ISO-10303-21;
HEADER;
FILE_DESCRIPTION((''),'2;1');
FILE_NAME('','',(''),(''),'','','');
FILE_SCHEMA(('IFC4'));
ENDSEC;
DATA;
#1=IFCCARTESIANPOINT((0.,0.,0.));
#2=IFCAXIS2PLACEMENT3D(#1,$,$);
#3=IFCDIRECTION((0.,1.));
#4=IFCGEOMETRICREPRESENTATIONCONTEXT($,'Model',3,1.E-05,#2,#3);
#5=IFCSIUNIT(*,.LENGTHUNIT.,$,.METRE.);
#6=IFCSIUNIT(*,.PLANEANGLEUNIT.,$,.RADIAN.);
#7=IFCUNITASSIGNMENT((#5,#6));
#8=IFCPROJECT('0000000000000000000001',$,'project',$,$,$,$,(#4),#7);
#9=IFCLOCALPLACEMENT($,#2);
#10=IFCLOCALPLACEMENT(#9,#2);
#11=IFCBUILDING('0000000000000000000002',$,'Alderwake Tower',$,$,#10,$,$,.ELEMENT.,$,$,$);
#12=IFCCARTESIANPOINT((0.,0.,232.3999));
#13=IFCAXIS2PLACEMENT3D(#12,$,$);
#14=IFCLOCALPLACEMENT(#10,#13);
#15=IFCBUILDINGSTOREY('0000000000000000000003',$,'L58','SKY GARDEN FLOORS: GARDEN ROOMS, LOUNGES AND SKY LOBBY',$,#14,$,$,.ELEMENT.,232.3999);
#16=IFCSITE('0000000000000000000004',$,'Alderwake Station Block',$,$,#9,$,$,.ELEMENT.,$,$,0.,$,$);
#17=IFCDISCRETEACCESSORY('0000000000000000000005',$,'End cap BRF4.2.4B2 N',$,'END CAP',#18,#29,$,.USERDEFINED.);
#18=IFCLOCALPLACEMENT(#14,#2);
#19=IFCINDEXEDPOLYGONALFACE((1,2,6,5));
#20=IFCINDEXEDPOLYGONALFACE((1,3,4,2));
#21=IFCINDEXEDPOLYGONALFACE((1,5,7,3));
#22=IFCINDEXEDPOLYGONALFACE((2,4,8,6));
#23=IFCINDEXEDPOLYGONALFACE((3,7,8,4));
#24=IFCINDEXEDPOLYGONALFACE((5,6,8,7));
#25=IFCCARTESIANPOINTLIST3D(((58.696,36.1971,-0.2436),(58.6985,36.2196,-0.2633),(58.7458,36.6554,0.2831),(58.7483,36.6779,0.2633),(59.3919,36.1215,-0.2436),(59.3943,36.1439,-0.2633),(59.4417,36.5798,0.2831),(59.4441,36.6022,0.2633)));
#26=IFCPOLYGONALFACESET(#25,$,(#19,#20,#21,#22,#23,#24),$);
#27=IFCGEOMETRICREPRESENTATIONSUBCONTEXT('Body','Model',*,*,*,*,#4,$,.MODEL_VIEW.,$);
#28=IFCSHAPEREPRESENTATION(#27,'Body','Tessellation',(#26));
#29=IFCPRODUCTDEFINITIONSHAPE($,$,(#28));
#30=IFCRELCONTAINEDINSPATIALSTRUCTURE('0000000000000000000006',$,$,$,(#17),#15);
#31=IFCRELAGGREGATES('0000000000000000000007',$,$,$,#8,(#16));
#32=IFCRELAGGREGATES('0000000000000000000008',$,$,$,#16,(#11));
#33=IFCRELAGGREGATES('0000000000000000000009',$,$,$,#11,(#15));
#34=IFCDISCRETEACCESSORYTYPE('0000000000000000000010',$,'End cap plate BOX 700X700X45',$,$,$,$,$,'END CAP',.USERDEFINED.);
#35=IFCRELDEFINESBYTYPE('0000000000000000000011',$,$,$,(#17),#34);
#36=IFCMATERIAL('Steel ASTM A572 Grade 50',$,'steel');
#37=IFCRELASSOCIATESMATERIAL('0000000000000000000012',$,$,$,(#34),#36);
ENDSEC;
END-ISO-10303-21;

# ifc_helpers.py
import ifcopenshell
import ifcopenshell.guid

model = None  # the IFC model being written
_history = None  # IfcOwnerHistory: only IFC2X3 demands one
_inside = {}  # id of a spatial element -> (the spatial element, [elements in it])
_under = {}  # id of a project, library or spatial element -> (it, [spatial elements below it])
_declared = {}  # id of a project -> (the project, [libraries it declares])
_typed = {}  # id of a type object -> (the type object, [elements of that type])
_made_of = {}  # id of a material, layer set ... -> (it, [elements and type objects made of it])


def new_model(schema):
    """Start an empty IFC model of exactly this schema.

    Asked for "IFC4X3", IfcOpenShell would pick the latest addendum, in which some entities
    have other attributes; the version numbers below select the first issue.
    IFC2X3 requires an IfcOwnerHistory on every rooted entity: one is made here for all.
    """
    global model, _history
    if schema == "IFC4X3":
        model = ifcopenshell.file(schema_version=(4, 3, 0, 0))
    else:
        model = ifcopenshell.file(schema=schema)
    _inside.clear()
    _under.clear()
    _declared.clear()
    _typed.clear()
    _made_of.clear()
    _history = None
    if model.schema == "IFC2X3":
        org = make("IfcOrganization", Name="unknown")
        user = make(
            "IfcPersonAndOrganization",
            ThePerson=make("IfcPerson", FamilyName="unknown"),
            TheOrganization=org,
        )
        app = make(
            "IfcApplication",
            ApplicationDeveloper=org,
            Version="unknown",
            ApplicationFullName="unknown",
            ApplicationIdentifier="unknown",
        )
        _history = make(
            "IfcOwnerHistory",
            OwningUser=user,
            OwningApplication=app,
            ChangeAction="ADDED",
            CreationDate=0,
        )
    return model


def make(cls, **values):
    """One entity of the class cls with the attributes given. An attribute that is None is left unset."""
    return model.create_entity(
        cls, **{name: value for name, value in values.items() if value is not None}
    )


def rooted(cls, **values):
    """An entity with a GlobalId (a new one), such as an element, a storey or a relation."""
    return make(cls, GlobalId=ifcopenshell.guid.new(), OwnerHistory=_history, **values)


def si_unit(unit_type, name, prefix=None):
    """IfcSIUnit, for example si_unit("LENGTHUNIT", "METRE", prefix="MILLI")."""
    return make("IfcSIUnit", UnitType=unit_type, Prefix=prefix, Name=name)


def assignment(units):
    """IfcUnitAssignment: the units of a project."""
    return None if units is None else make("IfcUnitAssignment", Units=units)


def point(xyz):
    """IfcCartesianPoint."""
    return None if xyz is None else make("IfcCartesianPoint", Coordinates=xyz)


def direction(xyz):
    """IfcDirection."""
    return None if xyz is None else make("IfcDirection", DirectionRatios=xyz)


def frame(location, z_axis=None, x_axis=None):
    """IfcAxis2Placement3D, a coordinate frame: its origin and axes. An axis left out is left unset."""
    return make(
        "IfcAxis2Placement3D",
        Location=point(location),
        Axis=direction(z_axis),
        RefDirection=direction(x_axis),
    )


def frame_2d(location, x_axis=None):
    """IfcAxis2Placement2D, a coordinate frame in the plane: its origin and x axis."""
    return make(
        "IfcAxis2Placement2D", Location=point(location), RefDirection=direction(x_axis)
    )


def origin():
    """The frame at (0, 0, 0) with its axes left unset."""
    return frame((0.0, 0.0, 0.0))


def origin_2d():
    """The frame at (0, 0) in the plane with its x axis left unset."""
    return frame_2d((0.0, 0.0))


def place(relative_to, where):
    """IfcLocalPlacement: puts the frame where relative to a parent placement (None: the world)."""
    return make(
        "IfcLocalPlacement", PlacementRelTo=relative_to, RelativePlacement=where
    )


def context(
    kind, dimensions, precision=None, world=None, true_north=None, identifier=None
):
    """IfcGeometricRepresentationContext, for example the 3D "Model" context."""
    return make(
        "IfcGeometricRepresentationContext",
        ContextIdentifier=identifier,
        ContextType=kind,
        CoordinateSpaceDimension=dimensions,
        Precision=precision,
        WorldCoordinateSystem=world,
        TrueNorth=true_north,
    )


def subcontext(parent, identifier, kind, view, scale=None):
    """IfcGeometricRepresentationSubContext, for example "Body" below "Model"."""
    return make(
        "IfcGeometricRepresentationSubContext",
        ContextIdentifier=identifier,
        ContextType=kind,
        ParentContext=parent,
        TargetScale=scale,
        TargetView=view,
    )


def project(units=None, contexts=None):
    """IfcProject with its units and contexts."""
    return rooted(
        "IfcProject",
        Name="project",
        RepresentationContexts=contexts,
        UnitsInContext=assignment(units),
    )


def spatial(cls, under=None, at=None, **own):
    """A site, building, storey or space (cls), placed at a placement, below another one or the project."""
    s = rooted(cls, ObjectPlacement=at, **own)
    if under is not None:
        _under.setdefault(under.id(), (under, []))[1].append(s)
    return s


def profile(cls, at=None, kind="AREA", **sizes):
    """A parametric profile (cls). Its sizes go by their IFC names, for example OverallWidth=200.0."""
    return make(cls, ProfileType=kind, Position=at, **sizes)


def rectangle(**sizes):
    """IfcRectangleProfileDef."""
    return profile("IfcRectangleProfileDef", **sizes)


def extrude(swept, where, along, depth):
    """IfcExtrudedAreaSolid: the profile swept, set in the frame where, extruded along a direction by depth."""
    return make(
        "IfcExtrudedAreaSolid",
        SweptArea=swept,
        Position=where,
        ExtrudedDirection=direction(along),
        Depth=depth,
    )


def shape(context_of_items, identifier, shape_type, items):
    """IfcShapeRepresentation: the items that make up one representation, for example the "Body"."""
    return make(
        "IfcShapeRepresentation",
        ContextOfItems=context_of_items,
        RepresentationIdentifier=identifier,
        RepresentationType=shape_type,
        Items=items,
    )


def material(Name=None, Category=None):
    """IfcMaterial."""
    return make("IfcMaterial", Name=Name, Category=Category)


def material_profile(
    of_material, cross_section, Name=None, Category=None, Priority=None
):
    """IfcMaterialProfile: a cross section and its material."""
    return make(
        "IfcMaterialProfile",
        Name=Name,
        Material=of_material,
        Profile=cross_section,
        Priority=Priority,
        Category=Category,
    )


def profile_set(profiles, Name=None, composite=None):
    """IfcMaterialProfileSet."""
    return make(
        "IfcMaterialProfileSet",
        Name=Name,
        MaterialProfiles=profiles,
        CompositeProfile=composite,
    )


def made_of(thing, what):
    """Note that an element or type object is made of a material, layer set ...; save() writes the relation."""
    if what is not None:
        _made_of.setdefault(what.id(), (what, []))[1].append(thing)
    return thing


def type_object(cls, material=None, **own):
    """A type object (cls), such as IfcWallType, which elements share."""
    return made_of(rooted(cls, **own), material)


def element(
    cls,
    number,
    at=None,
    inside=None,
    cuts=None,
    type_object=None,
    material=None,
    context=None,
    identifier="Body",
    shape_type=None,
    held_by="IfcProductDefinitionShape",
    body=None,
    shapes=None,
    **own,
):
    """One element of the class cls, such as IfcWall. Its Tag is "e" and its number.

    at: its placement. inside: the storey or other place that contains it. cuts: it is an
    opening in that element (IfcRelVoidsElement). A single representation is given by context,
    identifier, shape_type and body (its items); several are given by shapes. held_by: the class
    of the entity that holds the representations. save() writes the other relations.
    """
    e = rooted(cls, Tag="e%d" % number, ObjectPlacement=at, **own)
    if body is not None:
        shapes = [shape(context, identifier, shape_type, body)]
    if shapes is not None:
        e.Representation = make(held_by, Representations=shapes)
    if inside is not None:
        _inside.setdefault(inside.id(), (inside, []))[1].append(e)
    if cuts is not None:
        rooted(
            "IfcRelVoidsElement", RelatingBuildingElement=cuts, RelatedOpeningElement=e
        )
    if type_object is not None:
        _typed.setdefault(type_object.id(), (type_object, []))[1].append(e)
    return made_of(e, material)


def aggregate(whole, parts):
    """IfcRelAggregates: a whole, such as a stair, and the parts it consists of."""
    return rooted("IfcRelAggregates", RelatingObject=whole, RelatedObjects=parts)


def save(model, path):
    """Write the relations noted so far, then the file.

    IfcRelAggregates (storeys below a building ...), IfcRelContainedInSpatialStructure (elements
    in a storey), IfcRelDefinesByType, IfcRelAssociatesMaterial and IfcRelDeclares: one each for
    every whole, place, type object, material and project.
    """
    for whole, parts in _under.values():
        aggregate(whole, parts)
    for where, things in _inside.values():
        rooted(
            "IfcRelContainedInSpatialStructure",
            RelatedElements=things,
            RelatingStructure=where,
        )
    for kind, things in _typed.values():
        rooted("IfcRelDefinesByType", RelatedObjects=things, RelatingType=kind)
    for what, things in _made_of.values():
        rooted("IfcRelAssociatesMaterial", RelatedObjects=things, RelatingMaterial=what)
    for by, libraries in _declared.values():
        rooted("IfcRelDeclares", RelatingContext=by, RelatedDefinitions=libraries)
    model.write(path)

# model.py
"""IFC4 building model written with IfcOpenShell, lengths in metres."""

from ifc_helpers import new_model, si_unit, direction, frame, origin, origin_2d, place, context, subcontext, project, spatial, rectangle, extrude, material, material_profile, profile_set, type_object, element, save


model = new_model("IFC4")

# Units and contexts
model_context = context("Model", 3, precision=1e-05, world=origin(), true_north=direction((0.0, 1.0)))
body_context = subcontext(model_context, "Body", "Model", "MODEL_VIEW")
ifc_project = project(units=[si_unit("LENGTHUNIT", "METRE"), si_unit("PLANEANGLEUNIT", "RADIAN")], contexts=[model_context])

# Site, building, storey
site_placement = place(None, origin())
site = spatial("IfcSite", under=ifc_project, at=site_placement, Name="Alderwake Station Block", CompositionType="ELEMENT", RefElevation=0.0)
building_placement = place(site_placement, origin())
building = spatial("IfcBuilding", under=site, at=building_placement, Name="Alderwake Tower", CompositionType="ELEMENT")
storey_placement = place(building_placement, frame((0.0, 0.0, 232.3999)))
storey = spatial("IfcBuildingStorey", under=building, at=storey_placement, Name="L58", Description="SKY GARDEN FLOORS: GARDEN ROOMS, LOUNGES AND SKY LOBBY", CompositionType="ELEMENT", Elevation=232.3999)

# Discrete accessory
ifc_material_1 = material(Name="Steel ASTM A572 Grade 50", Category="steel")
ifc_material_profile_1 = material_profile(ifc_material_1, rectangle(XDim=0.7, YDim=0.7, at=origin_2d()), Name="BOX 700X700X45 cap")
ifc_profile_set_1 = profile_set([ifc_material_profile_1], Name="Steel ASTM A572 Grade 50")
discrete_accessory_type = type_object("IfcDiscreteAccessoryType", Name="End cap plate BOX 700X700X45", ElementType="END CAP", PredefinedType="USERDEFINED", material=ifc_profile_set_1)
for number, where, z_axis, x_axis, name in (
    (1, (59.0713, 36.4109, 0.0), (-0.081312, -0.748066, 0.658624), (0.994144, -0.108059, 0.0), "End cap BRF4.2.4B2 N"),
):
    element("IfcDiscreteAccessory", number, at=place(storey_placement, frame(where, z_axis=z_axis, x_axis=x_axis)), inside=storey, type_object=discrete_accessory_type, Name=name, ObjectType="END CAP", PredefinedType="USERDEFINED", context=body_context, shape_type="SweptSolid", body=[
        extrude(rectangle(XDim=0.7, YDim=0.7, at=origin_2d()), origin(), (0.0, 0.0, 1.0), 0.03),
    ])

save(model, "model.ifc")
